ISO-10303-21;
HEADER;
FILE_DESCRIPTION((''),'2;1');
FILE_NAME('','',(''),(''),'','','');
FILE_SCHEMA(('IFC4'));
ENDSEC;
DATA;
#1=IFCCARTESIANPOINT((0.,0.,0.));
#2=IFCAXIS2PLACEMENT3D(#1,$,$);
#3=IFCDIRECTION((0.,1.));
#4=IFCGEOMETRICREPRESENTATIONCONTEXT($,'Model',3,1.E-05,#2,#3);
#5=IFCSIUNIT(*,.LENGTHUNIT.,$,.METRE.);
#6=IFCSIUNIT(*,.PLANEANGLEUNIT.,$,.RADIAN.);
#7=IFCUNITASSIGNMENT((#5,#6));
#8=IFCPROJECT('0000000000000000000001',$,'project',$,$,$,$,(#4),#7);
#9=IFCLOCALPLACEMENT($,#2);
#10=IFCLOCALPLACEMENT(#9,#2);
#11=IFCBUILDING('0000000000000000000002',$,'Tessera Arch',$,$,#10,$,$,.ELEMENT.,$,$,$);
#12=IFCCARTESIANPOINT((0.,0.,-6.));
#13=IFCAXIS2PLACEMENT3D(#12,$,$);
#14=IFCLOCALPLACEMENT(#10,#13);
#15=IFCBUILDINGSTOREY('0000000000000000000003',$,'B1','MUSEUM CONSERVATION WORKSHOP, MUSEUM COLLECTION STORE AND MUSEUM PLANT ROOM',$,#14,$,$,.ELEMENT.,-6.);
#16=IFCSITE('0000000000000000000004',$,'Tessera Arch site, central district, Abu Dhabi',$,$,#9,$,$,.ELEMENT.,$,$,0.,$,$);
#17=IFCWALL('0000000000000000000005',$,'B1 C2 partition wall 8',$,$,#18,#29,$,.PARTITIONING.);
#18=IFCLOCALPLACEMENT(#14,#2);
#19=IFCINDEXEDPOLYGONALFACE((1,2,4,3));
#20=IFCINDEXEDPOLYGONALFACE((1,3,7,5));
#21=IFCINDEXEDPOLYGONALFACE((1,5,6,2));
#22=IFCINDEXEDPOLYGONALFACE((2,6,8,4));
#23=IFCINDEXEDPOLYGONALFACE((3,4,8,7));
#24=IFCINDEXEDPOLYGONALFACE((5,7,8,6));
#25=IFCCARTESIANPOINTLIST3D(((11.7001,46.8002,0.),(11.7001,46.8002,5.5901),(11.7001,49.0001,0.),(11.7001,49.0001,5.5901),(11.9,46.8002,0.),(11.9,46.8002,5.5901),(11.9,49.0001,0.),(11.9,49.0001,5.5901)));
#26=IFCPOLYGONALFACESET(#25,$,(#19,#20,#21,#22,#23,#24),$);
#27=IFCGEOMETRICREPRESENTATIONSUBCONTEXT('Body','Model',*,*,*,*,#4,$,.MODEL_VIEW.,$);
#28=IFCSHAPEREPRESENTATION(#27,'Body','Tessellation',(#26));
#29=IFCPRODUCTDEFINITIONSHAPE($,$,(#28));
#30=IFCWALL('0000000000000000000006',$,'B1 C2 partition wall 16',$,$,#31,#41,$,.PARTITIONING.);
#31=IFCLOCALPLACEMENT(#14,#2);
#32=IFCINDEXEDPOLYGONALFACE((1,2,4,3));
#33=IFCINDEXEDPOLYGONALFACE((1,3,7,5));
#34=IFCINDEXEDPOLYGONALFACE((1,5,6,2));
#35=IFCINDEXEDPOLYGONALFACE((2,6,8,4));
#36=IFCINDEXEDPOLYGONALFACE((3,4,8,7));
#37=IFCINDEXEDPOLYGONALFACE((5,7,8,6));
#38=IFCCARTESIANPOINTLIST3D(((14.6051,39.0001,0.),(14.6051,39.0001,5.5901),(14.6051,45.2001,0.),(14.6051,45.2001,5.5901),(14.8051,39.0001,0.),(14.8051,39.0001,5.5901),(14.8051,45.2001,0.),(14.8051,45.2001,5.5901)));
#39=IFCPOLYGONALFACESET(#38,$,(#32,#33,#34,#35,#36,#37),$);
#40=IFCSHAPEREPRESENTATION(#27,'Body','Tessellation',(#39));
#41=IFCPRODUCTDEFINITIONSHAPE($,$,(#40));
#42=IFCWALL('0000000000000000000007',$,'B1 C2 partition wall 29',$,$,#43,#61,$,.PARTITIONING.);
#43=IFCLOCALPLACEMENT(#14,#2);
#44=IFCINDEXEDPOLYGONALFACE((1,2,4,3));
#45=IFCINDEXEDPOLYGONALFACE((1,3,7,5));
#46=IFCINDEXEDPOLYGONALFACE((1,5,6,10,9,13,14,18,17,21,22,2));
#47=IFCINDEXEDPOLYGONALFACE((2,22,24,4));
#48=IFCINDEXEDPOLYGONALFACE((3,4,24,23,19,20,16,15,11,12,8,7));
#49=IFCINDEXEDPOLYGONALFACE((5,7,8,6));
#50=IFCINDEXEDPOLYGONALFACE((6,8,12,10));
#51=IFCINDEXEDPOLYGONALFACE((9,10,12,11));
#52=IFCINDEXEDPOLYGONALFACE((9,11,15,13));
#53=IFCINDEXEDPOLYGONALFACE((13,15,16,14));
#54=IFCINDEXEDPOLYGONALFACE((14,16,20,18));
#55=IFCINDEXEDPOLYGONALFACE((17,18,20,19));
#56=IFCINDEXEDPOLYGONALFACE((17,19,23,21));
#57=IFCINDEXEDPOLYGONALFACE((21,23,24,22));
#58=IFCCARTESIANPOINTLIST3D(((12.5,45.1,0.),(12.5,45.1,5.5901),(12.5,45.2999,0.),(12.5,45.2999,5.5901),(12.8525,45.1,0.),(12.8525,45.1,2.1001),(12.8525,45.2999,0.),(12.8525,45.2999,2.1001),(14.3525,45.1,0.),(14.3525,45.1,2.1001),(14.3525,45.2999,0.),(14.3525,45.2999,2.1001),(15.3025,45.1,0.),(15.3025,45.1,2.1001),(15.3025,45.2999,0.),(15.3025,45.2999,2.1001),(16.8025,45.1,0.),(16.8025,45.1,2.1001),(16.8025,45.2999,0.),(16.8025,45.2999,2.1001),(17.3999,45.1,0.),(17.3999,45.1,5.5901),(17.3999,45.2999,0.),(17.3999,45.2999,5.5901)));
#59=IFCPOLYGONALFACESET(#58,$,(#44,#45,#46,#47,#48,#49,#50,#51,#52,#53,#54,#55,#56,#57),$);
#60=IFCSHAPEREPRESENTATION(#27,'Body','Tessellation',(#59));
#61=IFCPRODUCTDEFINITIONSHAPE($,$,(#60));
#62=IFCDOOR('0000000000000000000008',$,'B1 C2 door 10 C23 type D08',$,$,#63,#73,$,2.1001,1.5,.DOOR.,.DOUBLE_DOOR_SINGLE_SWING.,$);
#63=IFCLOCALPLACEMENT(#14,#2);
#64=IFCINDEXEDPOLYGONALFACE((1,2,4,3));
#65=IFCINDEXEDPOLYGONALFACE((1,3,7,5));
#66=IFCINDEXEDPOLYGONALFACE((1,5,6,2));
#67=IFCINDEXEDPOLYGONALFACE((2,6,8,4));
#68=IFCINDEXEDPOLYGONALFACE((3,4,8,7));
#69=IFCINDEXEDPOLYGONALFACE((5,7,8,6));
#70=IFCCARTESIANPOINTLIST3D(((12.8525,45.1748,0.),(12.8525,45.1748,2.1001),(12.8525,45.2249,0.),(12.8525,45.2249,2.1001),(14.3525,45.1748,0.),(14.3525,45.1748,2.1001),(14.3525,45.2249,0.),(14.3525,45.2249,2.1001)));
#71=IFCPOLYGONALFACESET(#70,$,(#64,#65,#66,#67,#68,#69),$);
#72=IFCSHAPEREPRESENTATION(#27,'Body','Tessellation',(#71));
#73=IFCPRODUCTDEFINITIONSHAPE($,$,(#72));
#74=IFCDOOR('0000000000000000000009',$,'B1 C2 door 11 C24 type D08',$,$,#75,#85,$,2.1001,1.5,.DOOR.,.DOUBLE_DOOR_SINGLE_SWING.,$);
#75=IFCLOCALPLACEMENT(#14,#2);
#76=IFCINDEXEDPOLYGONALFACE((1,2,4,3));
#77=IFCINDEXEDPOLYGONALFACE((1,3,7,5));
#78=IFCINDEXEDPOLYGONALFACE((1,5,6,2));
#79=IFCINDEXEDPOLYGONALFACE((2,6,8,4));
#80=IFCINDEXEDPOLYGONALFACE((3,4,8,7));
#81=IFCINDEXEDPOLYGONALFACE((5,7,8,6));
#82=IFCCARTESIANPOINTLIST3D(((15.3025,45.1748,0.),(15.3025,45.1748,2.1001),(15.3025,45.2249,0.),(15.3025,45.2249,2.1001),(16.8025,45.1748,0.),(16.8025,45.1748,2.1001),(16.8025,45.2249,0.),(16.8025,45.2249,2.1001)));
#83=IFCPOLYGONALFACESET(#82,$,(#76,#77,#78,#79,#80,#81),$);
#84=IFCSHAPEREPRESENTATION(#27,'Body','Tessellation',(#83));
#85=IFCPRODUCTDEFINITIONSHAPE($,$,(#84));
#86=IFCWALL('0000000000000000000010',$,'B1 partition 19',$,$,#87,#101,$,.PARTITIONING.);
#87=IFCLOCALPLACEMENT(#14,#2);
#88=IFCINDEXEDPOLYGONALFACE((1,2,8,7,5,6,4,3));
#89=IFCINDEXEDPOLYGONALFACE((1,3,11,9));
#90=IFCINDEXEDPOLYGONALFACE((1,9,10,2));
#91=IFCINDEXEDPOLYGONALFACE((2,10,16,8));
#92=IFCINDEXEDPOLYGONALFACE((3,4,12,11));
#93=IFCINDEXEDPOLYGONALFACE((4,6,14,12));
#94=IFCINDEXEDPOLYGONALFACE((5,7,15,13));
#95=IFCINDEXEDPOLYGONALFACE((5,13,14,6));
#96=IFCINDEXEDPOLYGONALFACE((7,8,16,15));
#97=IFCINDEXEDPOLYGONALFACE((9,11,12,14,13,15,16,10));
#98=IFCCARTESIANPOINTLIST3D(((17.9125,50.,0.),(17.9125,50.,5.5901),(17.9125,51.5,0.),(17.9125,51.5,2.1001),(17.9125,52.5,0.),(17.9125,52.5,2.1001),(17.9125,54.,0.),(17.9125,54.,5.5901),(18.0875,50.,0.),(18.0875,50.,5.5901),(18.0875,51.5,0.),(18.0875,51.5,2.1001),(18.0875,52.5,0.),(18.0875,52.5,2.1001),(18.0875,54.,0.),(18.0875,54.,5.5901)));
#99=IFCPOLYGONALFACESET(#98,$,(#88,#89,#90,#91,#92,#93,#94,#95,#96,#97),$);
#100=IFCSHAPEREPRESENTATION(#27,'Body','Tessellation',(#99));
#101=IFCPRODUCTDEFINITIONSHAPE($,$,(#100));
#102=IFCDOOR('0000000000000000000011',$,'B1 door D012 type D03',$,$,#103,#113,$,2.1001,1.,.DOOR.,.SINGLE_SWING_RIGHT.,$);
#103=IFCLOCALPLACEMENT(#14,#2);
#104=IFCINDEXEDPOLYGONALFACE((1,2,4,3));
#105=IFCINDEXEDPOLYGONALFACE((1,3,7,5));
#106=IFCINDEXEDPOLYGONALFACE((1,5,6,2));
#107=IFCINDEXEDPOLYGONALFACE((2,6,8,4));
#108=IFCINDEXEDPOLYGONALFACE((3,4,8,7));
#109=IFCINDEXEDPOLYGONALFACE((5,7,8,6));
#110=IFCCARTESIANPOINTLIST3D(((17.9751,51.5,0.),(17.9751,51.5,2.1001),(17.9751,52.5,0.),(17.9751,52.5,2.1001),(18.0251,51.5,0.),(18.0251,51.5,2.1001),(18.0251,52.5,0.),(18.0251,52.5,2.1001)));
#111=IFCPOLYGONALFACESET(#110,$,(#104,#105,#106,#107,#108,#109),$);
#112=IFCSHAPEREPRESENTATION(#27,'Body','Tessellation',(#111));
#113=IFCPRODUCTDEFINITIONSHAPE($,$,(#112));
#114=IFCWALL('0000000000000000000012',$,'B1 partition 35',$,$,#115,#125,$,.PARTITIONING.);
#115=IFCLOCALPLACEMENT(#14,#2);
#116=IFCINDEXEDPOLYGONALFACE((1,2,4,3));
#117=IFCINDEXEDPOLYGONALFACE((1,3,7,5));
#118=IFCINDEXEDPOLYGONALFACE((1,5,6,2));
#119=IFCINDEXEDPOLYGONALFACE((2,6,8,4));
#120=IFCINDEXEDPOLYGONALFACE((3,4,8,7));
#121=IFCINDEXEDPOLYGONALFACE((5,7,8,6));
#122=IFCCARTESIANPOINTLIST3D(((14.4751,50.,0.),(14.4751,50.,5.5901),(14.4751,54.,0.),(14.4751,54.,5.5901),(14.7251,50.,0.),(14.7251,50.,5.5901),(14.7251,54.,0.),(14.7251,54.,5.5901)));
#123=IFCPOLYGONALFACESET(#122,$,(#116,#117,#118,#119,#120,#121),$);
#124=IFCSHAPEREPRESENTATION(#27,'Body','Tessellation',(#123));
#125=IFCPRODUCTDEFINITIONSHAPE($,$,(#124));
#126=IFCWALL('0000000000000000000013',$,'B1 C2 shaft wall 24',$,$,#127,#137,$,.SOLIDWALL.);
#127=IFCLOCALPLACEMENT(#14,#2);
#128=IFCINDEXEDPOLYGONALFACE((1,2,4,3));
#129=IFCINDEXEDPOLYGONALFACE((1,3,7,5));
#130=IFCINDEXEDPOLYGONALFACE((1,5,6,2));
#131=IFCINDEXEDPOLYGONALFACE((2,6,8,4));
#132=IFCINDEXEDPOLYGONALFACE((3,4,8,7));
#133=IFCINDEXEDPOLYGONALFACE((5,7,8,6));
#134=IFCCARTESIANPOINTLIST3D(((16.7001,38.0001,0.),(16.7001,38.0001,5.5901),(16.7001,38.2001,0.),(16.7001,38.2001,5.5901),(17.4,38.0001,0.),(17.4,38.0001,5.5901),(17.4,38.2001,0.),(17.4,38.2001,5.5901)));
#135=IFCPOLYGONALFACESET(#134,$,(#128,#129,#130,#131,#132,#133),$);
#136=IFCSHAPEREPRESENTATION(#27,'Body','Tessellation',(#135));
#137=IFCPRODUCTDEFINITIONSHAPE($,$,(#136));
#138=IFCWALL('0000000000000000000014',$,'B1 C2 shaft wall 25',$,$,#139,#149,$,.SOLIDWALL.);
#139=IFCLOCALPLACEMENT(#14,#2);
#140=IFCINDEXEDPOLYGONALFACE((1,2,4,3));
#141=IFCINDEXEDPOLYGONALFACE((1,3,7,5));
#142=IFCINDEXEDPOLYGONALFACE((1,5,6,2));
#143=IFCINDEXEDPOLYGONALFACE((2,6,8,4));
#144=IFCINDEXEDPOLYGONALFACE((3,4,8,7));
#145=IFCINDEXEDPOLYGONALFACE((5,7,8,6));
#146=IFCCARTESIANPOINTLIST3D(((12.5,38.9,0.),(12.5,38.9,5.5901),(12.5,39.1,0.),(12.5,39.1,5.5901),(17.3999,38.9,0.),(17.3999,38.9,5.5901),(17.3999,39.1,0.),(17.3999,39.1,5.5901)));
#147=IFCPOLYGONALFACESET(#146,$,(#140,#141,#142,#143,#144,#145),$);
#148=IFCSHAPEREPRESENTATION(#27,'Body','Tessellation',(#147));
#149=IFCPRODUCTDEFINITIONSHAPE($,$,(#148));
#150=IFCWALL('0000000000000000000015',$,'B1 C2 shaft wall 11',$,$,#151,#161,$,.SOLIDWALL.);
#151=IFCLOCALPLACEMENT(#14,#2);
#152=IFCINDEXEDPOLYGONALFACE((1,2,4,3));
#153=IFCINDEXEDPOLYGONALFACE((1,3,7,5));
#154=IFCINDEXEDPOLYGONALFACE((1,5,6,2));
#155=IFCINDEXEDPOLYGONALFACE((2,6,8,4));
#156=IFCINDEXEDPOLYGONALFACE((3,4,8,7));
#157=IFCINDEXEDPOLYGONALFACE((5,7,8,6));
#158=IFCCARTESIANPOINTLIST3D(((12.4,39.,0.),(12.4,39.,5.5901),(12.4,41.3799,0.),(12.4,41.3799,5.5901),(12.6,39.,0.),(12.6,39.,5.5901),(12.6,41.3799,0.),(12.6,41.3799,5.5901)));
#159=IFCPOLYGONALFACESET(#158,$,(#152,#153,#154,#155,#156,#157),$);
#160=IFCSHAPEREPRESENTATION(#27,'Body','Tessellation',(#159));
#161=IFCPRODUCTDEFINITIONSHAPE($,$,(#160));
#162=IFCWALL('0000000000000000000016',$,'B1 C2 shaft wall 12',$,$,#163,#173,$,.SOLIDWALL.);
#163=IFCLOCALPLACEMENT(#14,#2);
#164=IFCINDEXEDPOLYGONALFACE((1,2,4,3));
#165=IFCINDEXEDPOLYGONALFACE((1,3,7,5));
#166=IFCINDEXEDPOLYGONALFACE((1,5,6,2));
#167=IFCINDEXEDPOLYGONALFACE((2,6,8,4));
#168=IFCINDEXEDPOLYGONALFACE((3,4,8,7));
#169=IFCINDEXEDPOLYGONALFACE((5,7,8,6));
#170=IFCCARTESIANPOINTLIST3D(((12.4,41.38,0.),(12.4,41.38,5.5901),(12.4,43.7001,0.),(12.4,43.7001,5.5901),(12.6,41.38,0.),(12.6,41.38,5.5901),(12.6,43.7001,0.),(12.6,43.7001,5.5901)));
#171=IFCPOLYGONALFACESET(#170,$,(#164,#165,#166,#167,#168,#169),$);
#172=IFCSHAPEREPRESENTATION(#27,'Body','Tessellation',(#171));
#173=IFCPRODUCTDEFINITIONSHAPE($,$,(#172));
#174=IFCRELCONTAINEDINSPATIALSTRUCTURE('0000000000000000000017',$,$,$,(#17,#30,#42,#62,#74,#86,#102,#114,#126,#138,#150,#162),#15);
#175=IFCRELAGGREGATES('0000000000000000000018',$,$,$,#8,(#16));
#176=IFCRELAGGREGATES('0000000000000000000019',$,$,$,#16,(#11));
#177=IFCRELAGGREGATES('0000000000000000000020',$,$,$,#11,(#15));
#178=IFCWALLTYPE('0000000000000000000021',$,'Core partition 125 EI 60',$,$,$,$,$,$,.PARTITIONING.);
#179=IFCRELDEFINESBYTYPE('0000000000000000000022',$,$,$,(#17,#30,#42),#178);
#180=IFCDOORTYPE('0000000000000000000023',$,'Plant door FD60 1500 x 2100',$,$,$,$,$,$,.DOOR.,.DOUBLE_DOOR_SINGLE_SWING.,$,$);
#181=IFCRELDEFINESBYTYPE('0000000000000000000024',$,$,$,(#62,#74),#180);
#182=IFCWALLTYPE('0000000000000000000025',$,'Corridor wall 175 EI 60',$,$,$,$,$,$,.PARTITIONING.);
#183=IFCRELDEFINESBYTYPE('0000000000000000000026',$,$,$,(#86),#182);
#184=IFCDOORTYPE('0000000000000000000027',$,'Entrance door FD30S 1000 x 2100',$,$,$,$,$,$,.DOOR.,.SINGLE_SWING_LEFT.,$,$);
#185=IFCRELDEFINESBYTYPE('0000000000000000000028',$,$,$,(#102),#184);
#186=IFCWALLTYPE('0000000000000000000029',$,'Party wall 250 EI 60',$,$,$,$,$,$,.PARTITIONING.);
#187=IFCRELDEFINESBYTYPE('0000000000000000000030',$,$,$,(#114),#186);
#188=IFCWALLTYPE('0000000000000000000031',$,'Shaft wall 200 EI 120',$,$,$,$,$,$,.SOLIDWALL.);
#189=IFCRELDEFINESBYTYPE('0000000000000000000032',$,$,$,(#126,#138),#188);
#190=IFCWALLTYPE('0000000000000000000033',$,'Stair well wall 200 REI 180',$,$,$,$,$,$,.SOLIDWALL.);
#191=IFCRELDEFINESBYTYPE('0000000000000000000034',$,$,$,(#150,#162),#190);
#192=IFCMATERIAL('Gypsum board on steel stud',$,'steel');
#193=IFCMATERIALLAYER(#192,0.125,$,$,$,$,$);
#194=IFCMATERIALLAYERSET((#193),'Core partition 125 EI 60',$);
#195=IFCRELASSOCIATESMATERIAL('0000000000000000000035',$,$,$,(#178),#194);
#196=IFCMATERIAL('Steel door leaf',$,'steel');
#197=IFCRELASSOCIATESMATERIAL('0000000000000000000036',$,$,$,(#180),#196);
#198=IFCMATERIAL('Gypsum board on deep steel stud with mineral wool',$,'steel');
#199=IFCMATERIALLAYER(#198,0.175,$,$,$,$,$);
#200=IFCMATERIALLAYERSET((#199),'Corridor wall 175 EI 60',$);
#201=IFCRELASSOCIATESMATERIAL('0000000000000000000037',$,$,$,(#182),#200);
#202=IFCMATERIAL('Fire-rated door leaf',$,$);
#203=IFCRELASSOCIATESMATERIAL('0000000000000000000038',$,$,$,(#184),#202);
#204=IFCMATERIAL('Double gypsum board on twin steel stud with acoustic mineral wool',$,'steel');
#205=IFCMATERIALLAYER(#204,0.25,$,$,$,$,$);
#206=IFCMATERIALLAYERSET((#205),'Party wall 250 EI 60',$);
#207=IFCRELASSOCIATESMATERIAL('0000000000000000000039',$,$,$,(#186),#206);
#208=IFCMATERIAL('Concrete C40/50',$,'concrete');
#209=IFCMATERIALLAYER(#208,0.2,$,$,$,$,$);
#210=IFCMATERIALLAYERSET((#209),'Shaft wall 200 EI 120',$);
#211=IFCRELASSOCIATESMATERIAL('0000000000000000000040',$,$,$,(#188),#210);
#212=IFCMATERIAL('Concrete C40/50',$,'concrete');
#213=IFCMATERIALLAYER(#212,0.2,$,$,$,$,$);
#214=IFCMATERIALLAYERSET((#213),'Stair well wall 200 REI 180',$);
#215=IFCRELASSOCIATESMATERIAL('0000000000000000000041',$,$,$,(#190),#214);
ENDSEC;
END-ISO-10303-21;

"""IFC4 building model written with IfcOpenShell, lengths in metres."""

from ifc_helpers import new_model, si_unit, direction, frame, frame_2d, origin, place, context, subcontext, project, spatial, rectangle, extrude, material, layer, layer_set, type_object, element, fill, save


model = new_model("IFC4")

# Units and contexts
model_context = context("Model", 3, precision=1e-05, world=origin(), true_north=direction((0.0, 1.0)))
body_context = subcontext(model_context, "Body", "Model", "MODEL_VIEW")
ifc_project = project(units=[si_unit("LENGTHUNIT", "METRE"), si_unit("PLANEANGLEUNIT", "RADIAN")], contexts=[model_context])

# Site, building, storey
site_placement = place(None, origin())
site = spatial("IfcSite", under=ifc_project, at=site_placement, Name="Tessera Arch site, central district, Abu Dhabi", CompositionType="ELEMENT", RefElevation=0.0)
building_placement = place(site_placement, origin())
building = spatial("IfcBuilding", under=site, at=building_placement, Name="Tessera Arch", CompositionType="ELEMENT")
storey_placement = place(building_placement, frame((0.0, 0.0, -6.0)))
storey = spatial("IfcBuildingStorey", under=building, at=storey_placement, Name="B1", Description="MUSEUM CONSERVATION WORKSHOP, MUSEUM COLLECTION STORE AND MUSEUM PLANT ROOM", CompositionType="ELEMENT", Elevation=-6.0)

# Walls
ifc_material_1 = material(Name="Gypsum board on steel stud", Category="steel")
ifc_layer_1 = layer(ifc_material_1, 0.125)
ifc_layer_set_1 = layer_set([ifc_layer_1], Name="Core partition 125 EI 60")
wall_type_1 = type_object("IfcWallType", Name="Core partition 125 EI 60", PredefinedType="PARTITIONING", material=ifc_layer_set_1)
wall_1_placement = place(storey_placement, frame((11.8, 46.8, 0.0), z_axis=(0.0, 0.0, 1.0), x_axis=(0.0, 1.0, 0.0)))
element("IfcWall", 1, at=wall_1_placement, inside=storey, type_object=wall_type_1, Name="B1 C2 partition wall 8", PredefinedType="PARTITIONING", context=body_context, shape_type="SweptSolid", body=[
    extrude(rectangle(XDim=2.2, YDim=0.2, at=frame_2d((1.1001, 0.0))), origin(), (0.0, 0.0, 1.0), 5.5901),
])
wall_2_placement = place(storey_placement, frame((14.7051, 39.0, 0.0), z_axis=(0.0, 0.0, 1.0), x_axis=(0.0, 1.0, 0.0)))
element("IfcWall", 2, at=wall_2_placement, inside=storey, type_object=wall_type_1, Name="B1 C2 partition wall 16", PredefinedType="PARTITIONING", context=body_context, shape_type="SweptSolid", body=[
    extrude(rectangle(XDim=6.2, YDim=0.2, at=frame_2d((3.1001, 0.0))), origin(), (0.0, 0.0, 1.0), 5.5901),
])

# Wall, openings, doors
wall_3_placement = place(storey_placement, frame((12.5, 45.2, 0.0), z_axis=(0.0, 0.0, 1.0), x_axis=(1.0, 0.0, 0.0)))
wall_3 = element("IfcWall", 3, at=wall_3_placement, inside=storey, type_object=wall_type_1, Name="B1 C2 partition wall 29", PredefinedType="PARTITIONING", context=body_context, shape_type="SweptSolid", body=[
    extrude(rectangle(XDim=4.8999, YDim=0.2, at=frame_2d((2.45, 0.0))), origin(), (0.0, 0.0, 1.0), 5.5901),
])
opening_1_placement = place(wall_3_placement, frame((0.3525, 0.0, 0.0)))
opening_1 = element("IfcOpeningElement", 4, at=opening_1_placement, cuts=wall_3, PredefinedType="OPENING", context=body_context, shape_type="SweptSolid", body=[
    extrude(rectangle(XDim=1.5, YDim=2.1001, at=frame_2d((0.75, 1.05))), frame((0.0, 0.1099, 0.0), z_axis=(0.0, -1.0, 0.0), x_axis=(1.0, 0.0, 0.0)), (0.0, 0.0, 1.0), 0.22),
])
opening_2_placement = place(wall_3_placement, frame((2.8025, 0.0, 0.0)))
opening_2 = element("IfcOpeningElement", 5, at=opening_2_placement, cuts=wall_3, PredefinedType="OPENING", context=body_context, shape_type="SweptSolid", body=[
    extrude(rectangle(XDim=1.5, YDim=2.1001, at=frame_2d((0.75, 1.05))), frame((0.0, 0.1099, 0.0), z_axis=(0.0, -1.0, 0.0), x_axis=(1.0, 0.0, 0.0)), (0.0, 0.0, 1.0), 0.22),
])
ifc_material_2 = material(Name="Steel door leaf", Category="steel")
door_type_1 = type_object("IfcDoorType", Name="Plant door FD60 1500 x 2100", OperationType="DOUBLE_DOOR_SINGLE_SWING", PredefinedType="DOOR", material=ifc_material_2)
door_1_placement = place(opening_1_placement, origin())
door_1 = element("IfcDoor", 6, at=door_1_placement, inside=storey, type_object=door_type_1, Name="B1 C2 door 10 C23 type D08", OperationType="DOUBLE_DOOR_SINGLE_SWING", OverallHeight=2.1001, OverallWidth=1.5, PredefinedType="DOOR", context=body_context, shape_type="SweptSolid", body=[
    extrude(rectangle(XDim=1.5, YDim=2.1001, at=frame_2d((0.75, 1.05))), frame((0.0, 0.0249, 0.0), z_axis=(0.0, -1.0, 0.0), x_axis=(1.0, 0.0, 0.0)), (0.0, 0.0, 1.0), 0.05),
])
fill(opening_1, door_1)
door_2_placement = place(opening_2_placement, origin())
door_2 = element("IfcDoor", 7, at=door_2_placement, inside=storey, type_object=door_type_1, Name="B1 C2 door 11 C24 type D08", OperationType="DOUBLE_DOOR_SINGLE_SWING", OverallHeight=2.1001, OverallWidth=1.5, PredefinedType="DOOR", context=body_context, shape_type="SweptSolid", body=[
    extrude(rectangle(XDim=1.5, YDim=2.1001, at=frame_2d((0.75, 1.05))), frame((0.0, 0.0249, 0.0), z_axis=(0.0, -1.0, 0.0), x_axis=(1.0, 0.0, 0.0)), (0.0, 0.0, 1.0), 0.05),
])
fill(opening_2, door_2)

# Wall, opening, door
ifc_material_3 = material(Name="Gypsum board on deep steel stud with mineral wool", Category="steel")
ifc_layer_2 = layer(ifc_material_3, 0.175)
ifc_layer_set_2 = layer_set([ifc_layer_2], Name="Corridor wall 175 EI 60")
wall_type_2 = type_object("IfcWallType", Name="Corridor wall 175 EI 60", PredefinedType="PARTITIONING", material=ifc_layer_set_2)
wall_4_placement = place(storey_placement, frame((18.0, 50.0, 0.0), z_axis=(0.0, 0.0, 1.0), x_axis=(0.0, 1.0, 0.0)))
wall_4 = element("IfcWall", 8, at=wall_4_placement, inside=storey, type_object=wall_type_2, Name="B1 partition 19", PredefinedType="PARTITIONING", context=body_context, shape_type="SweptSolid", body=[
    extrude(rectangle(XDim=4.0, YDim=0.175, at=frame_2d((2.0, 0.0))), origin(), (0.0, 0.0, 1.0), 5.5901),
])
opening_3_placement = place(wall_4_placement, frame((1.5, 0.0, 0.0)))
opening_3 = element("IfcOpeningElement", 9, at=opening_3_placement, cuts=wall_4, PredefinedType="OPENING", context=body_context, shape_type="SweptSolid", body=[
    extrude(rectangle(XDim=1.0, YDim=2.1001, at=frame_2d((0.5, 1.05))), frame((0.0, 0.0974, 0.0), z_axis=(0.0, -1.0, 0.0), x_axis=(1.0, 0.0, 0.0)), (0.0, 0.0, 1.0), 0.1951),
])
ifc_material_4 = material(Name="Fire-rated door leaf")
door_type_2 = type_object("IfcDoorType", Name="Entrance door FD30S 1000 x 2100", OperationType="SINGLE_SWING_LEFT", PredefinedType="DOOR", material=ifc_material_4)
door_3_placement = place(opening_3_placement, origin())
door_3 = element("IfcDoor", 10, at=door_3_placement, inside=storey, type_object=door_type_2, Name="B1 door D012 type D03", OperationType="SINGLE_SWING_RIGHT", OverallHeight=2.1001, OverallWidth=1.0, PredefinedType="DOOR", context=body_context, shape_type="SweptSolid", body=[
    extrude(rectangle(XDim=1.0, YDim=2.1001, at=frame_2d((0.5, 1.05))), frame((0.0, 0.0249, 0.0), z_axis=(0.0, -1.0, 0.0), x_axis=(1.0, 0.0, 0.0)), (0.0, 0.0, 1.0), 0.05),
])
fill(opening_3, door_3)

# Walls
ifc_material_5 = material(Name="Double gypsum board on twin steel stud with acoustic mineral wool", Category="steel")
ifc_layer_3 = layer(ifc_material_5, 0.25)
ifc_layer_set_3 = layer_set([ifc_layer_3], Name="Party wall 250 EI 60")
wall_type_3 = type_object("IfcWallType", Name="Party wall 250 EI 60", PredefinedType="PARTITIONING", material=ifc_layer_set_3)
wall_5_placement = place(storey_placement, frame((14.6001, 50.0, 0.0), z_axis=(0.0, 0.0, 1.0), x_axis=(0.0, 1.0, 0.0)))
element("IfcWall", 11, at=wall_5_placement, inside=storey, type_object=wall_type_3, Name="B1 partition 35", PredefinedType="PARTITIONING", context=body_context, shape_type="SweptSolid", body=[
    extrude(rectangle(XDim=4.0, YDim=0.25, at=frame_2d((2.0, 0.0))), origin(), (0.0, 0.0, 1.0), 5.5901),
])
ifc_material_6 = material(Name="Concrete C40/50", Category="concrete")
ifc_layer_4 = layer(ifc_material_6, 0.2)
ifc_layer_set_4 = layer_set([ifc_layer_4], Name="Shaft wall 200 EI 120")
wall_type_4 = type_object("IfcWallType", Name="Shaft wall 200 EI 120", PredefinedType="SOLIDWALL", material=ifc_layer_set_4)
wall_6_placement = place(storey_placement, frame((16.7, 38.1001, 0.0), z_axis=(0.0, 0.0, 1.0), x_axis=(1.0, 0.0, 0.0)))
element("IfcWall", 12, at=wall_6_placement, inside=storey, type_object=wall_type_4, Name="B1 C2 shaft wall 24", PredefinedType="SOLIDWALL", context=body_context, shape_type="SweptSolid", body=[
    extrude(rectangle(XDim=0.7, YDim=0.2, at=frame_2d((0.3501, 0.0))), origin(), (0.0, 0.0, 1.0), 5.5901),
])
wall_7_placement = place(storey_placement, frame((12.5, 39.0, 0.0), z_axis=(0.0, 0.0, 1.0), x_axis=(1.0, 0.0, 0.0)))
element("IfcWall", 13, at=wall_7_placement, inside=storey, type_object=wall_type_4, Name="B1 C2 shaft wall 25", PredefinedType="SOLIDWALL", context=body_context, shape_type="SweptSolid", body=[
    extrude(rectangle(XDim=4.8999, YDim=0.2, at=frame_2d((2.45, 0.0))), origin(), (0.0, 0.0, 1.0), 5.5901),
])
ifc_material_7 = material(Name="Concrete C40/50", Category="concrete")
ifc_layer_5 = layer(ifc_material_7, 0.2)
ifc_layer_set_5 = layer_set([ifc_layer_5], Name="Stair well wall 200 REI 180")
wall_type_5 = type_object("IfcWallType", Name="Stair well wall 200 REI 180", PredefinedType="SOLIDWALL", material=ifc_layer_set_5)
wall_8_placement = place(storey_placement, frame((12.5, 39.0, 0.0), z_axis=(0.0, 0.0, 1.0), x_axis=(0.0, 1.0, 0.0)))
element("IfcWall", 14, at=wall_8_placement, inside=storey, type_object=wall_type_5, Name="B1 C2 shaft wall 11", PredefinedType="SOLIDWALL", context=body_context, shape_type="SweptSolid", body=[
    extrude(rectangle(XDim=2.3799, YDim=0.2, at=frame_2d((1.1899, 0.0))), origin(), (0.0, 0.0, 1.0), 5.5901),
])
wall_9_placement = place(storey_placement, frame((12.5, 41.3799, 0.0), z_axis=(0.0, 0.0, 1.0), x_axis=(0.0, 1.0, 0.0)))
element("IfcWall", 15, at=wall_9_placement, inside=storey, type_object=wall_type_5, Name="B1 C2 shaft wall 12", PredefinedType="SOLIDWALL", context=body_context, shape_type="SweptSolid", body=[
    extrude(rectangle(XDim=2.3201, YDim=0.2, at=frame_2d((1.1602, 0.0))), origin(), (0.0, 0.0, 1.0), 5.5901),
])

save(model, "model.ifc")
